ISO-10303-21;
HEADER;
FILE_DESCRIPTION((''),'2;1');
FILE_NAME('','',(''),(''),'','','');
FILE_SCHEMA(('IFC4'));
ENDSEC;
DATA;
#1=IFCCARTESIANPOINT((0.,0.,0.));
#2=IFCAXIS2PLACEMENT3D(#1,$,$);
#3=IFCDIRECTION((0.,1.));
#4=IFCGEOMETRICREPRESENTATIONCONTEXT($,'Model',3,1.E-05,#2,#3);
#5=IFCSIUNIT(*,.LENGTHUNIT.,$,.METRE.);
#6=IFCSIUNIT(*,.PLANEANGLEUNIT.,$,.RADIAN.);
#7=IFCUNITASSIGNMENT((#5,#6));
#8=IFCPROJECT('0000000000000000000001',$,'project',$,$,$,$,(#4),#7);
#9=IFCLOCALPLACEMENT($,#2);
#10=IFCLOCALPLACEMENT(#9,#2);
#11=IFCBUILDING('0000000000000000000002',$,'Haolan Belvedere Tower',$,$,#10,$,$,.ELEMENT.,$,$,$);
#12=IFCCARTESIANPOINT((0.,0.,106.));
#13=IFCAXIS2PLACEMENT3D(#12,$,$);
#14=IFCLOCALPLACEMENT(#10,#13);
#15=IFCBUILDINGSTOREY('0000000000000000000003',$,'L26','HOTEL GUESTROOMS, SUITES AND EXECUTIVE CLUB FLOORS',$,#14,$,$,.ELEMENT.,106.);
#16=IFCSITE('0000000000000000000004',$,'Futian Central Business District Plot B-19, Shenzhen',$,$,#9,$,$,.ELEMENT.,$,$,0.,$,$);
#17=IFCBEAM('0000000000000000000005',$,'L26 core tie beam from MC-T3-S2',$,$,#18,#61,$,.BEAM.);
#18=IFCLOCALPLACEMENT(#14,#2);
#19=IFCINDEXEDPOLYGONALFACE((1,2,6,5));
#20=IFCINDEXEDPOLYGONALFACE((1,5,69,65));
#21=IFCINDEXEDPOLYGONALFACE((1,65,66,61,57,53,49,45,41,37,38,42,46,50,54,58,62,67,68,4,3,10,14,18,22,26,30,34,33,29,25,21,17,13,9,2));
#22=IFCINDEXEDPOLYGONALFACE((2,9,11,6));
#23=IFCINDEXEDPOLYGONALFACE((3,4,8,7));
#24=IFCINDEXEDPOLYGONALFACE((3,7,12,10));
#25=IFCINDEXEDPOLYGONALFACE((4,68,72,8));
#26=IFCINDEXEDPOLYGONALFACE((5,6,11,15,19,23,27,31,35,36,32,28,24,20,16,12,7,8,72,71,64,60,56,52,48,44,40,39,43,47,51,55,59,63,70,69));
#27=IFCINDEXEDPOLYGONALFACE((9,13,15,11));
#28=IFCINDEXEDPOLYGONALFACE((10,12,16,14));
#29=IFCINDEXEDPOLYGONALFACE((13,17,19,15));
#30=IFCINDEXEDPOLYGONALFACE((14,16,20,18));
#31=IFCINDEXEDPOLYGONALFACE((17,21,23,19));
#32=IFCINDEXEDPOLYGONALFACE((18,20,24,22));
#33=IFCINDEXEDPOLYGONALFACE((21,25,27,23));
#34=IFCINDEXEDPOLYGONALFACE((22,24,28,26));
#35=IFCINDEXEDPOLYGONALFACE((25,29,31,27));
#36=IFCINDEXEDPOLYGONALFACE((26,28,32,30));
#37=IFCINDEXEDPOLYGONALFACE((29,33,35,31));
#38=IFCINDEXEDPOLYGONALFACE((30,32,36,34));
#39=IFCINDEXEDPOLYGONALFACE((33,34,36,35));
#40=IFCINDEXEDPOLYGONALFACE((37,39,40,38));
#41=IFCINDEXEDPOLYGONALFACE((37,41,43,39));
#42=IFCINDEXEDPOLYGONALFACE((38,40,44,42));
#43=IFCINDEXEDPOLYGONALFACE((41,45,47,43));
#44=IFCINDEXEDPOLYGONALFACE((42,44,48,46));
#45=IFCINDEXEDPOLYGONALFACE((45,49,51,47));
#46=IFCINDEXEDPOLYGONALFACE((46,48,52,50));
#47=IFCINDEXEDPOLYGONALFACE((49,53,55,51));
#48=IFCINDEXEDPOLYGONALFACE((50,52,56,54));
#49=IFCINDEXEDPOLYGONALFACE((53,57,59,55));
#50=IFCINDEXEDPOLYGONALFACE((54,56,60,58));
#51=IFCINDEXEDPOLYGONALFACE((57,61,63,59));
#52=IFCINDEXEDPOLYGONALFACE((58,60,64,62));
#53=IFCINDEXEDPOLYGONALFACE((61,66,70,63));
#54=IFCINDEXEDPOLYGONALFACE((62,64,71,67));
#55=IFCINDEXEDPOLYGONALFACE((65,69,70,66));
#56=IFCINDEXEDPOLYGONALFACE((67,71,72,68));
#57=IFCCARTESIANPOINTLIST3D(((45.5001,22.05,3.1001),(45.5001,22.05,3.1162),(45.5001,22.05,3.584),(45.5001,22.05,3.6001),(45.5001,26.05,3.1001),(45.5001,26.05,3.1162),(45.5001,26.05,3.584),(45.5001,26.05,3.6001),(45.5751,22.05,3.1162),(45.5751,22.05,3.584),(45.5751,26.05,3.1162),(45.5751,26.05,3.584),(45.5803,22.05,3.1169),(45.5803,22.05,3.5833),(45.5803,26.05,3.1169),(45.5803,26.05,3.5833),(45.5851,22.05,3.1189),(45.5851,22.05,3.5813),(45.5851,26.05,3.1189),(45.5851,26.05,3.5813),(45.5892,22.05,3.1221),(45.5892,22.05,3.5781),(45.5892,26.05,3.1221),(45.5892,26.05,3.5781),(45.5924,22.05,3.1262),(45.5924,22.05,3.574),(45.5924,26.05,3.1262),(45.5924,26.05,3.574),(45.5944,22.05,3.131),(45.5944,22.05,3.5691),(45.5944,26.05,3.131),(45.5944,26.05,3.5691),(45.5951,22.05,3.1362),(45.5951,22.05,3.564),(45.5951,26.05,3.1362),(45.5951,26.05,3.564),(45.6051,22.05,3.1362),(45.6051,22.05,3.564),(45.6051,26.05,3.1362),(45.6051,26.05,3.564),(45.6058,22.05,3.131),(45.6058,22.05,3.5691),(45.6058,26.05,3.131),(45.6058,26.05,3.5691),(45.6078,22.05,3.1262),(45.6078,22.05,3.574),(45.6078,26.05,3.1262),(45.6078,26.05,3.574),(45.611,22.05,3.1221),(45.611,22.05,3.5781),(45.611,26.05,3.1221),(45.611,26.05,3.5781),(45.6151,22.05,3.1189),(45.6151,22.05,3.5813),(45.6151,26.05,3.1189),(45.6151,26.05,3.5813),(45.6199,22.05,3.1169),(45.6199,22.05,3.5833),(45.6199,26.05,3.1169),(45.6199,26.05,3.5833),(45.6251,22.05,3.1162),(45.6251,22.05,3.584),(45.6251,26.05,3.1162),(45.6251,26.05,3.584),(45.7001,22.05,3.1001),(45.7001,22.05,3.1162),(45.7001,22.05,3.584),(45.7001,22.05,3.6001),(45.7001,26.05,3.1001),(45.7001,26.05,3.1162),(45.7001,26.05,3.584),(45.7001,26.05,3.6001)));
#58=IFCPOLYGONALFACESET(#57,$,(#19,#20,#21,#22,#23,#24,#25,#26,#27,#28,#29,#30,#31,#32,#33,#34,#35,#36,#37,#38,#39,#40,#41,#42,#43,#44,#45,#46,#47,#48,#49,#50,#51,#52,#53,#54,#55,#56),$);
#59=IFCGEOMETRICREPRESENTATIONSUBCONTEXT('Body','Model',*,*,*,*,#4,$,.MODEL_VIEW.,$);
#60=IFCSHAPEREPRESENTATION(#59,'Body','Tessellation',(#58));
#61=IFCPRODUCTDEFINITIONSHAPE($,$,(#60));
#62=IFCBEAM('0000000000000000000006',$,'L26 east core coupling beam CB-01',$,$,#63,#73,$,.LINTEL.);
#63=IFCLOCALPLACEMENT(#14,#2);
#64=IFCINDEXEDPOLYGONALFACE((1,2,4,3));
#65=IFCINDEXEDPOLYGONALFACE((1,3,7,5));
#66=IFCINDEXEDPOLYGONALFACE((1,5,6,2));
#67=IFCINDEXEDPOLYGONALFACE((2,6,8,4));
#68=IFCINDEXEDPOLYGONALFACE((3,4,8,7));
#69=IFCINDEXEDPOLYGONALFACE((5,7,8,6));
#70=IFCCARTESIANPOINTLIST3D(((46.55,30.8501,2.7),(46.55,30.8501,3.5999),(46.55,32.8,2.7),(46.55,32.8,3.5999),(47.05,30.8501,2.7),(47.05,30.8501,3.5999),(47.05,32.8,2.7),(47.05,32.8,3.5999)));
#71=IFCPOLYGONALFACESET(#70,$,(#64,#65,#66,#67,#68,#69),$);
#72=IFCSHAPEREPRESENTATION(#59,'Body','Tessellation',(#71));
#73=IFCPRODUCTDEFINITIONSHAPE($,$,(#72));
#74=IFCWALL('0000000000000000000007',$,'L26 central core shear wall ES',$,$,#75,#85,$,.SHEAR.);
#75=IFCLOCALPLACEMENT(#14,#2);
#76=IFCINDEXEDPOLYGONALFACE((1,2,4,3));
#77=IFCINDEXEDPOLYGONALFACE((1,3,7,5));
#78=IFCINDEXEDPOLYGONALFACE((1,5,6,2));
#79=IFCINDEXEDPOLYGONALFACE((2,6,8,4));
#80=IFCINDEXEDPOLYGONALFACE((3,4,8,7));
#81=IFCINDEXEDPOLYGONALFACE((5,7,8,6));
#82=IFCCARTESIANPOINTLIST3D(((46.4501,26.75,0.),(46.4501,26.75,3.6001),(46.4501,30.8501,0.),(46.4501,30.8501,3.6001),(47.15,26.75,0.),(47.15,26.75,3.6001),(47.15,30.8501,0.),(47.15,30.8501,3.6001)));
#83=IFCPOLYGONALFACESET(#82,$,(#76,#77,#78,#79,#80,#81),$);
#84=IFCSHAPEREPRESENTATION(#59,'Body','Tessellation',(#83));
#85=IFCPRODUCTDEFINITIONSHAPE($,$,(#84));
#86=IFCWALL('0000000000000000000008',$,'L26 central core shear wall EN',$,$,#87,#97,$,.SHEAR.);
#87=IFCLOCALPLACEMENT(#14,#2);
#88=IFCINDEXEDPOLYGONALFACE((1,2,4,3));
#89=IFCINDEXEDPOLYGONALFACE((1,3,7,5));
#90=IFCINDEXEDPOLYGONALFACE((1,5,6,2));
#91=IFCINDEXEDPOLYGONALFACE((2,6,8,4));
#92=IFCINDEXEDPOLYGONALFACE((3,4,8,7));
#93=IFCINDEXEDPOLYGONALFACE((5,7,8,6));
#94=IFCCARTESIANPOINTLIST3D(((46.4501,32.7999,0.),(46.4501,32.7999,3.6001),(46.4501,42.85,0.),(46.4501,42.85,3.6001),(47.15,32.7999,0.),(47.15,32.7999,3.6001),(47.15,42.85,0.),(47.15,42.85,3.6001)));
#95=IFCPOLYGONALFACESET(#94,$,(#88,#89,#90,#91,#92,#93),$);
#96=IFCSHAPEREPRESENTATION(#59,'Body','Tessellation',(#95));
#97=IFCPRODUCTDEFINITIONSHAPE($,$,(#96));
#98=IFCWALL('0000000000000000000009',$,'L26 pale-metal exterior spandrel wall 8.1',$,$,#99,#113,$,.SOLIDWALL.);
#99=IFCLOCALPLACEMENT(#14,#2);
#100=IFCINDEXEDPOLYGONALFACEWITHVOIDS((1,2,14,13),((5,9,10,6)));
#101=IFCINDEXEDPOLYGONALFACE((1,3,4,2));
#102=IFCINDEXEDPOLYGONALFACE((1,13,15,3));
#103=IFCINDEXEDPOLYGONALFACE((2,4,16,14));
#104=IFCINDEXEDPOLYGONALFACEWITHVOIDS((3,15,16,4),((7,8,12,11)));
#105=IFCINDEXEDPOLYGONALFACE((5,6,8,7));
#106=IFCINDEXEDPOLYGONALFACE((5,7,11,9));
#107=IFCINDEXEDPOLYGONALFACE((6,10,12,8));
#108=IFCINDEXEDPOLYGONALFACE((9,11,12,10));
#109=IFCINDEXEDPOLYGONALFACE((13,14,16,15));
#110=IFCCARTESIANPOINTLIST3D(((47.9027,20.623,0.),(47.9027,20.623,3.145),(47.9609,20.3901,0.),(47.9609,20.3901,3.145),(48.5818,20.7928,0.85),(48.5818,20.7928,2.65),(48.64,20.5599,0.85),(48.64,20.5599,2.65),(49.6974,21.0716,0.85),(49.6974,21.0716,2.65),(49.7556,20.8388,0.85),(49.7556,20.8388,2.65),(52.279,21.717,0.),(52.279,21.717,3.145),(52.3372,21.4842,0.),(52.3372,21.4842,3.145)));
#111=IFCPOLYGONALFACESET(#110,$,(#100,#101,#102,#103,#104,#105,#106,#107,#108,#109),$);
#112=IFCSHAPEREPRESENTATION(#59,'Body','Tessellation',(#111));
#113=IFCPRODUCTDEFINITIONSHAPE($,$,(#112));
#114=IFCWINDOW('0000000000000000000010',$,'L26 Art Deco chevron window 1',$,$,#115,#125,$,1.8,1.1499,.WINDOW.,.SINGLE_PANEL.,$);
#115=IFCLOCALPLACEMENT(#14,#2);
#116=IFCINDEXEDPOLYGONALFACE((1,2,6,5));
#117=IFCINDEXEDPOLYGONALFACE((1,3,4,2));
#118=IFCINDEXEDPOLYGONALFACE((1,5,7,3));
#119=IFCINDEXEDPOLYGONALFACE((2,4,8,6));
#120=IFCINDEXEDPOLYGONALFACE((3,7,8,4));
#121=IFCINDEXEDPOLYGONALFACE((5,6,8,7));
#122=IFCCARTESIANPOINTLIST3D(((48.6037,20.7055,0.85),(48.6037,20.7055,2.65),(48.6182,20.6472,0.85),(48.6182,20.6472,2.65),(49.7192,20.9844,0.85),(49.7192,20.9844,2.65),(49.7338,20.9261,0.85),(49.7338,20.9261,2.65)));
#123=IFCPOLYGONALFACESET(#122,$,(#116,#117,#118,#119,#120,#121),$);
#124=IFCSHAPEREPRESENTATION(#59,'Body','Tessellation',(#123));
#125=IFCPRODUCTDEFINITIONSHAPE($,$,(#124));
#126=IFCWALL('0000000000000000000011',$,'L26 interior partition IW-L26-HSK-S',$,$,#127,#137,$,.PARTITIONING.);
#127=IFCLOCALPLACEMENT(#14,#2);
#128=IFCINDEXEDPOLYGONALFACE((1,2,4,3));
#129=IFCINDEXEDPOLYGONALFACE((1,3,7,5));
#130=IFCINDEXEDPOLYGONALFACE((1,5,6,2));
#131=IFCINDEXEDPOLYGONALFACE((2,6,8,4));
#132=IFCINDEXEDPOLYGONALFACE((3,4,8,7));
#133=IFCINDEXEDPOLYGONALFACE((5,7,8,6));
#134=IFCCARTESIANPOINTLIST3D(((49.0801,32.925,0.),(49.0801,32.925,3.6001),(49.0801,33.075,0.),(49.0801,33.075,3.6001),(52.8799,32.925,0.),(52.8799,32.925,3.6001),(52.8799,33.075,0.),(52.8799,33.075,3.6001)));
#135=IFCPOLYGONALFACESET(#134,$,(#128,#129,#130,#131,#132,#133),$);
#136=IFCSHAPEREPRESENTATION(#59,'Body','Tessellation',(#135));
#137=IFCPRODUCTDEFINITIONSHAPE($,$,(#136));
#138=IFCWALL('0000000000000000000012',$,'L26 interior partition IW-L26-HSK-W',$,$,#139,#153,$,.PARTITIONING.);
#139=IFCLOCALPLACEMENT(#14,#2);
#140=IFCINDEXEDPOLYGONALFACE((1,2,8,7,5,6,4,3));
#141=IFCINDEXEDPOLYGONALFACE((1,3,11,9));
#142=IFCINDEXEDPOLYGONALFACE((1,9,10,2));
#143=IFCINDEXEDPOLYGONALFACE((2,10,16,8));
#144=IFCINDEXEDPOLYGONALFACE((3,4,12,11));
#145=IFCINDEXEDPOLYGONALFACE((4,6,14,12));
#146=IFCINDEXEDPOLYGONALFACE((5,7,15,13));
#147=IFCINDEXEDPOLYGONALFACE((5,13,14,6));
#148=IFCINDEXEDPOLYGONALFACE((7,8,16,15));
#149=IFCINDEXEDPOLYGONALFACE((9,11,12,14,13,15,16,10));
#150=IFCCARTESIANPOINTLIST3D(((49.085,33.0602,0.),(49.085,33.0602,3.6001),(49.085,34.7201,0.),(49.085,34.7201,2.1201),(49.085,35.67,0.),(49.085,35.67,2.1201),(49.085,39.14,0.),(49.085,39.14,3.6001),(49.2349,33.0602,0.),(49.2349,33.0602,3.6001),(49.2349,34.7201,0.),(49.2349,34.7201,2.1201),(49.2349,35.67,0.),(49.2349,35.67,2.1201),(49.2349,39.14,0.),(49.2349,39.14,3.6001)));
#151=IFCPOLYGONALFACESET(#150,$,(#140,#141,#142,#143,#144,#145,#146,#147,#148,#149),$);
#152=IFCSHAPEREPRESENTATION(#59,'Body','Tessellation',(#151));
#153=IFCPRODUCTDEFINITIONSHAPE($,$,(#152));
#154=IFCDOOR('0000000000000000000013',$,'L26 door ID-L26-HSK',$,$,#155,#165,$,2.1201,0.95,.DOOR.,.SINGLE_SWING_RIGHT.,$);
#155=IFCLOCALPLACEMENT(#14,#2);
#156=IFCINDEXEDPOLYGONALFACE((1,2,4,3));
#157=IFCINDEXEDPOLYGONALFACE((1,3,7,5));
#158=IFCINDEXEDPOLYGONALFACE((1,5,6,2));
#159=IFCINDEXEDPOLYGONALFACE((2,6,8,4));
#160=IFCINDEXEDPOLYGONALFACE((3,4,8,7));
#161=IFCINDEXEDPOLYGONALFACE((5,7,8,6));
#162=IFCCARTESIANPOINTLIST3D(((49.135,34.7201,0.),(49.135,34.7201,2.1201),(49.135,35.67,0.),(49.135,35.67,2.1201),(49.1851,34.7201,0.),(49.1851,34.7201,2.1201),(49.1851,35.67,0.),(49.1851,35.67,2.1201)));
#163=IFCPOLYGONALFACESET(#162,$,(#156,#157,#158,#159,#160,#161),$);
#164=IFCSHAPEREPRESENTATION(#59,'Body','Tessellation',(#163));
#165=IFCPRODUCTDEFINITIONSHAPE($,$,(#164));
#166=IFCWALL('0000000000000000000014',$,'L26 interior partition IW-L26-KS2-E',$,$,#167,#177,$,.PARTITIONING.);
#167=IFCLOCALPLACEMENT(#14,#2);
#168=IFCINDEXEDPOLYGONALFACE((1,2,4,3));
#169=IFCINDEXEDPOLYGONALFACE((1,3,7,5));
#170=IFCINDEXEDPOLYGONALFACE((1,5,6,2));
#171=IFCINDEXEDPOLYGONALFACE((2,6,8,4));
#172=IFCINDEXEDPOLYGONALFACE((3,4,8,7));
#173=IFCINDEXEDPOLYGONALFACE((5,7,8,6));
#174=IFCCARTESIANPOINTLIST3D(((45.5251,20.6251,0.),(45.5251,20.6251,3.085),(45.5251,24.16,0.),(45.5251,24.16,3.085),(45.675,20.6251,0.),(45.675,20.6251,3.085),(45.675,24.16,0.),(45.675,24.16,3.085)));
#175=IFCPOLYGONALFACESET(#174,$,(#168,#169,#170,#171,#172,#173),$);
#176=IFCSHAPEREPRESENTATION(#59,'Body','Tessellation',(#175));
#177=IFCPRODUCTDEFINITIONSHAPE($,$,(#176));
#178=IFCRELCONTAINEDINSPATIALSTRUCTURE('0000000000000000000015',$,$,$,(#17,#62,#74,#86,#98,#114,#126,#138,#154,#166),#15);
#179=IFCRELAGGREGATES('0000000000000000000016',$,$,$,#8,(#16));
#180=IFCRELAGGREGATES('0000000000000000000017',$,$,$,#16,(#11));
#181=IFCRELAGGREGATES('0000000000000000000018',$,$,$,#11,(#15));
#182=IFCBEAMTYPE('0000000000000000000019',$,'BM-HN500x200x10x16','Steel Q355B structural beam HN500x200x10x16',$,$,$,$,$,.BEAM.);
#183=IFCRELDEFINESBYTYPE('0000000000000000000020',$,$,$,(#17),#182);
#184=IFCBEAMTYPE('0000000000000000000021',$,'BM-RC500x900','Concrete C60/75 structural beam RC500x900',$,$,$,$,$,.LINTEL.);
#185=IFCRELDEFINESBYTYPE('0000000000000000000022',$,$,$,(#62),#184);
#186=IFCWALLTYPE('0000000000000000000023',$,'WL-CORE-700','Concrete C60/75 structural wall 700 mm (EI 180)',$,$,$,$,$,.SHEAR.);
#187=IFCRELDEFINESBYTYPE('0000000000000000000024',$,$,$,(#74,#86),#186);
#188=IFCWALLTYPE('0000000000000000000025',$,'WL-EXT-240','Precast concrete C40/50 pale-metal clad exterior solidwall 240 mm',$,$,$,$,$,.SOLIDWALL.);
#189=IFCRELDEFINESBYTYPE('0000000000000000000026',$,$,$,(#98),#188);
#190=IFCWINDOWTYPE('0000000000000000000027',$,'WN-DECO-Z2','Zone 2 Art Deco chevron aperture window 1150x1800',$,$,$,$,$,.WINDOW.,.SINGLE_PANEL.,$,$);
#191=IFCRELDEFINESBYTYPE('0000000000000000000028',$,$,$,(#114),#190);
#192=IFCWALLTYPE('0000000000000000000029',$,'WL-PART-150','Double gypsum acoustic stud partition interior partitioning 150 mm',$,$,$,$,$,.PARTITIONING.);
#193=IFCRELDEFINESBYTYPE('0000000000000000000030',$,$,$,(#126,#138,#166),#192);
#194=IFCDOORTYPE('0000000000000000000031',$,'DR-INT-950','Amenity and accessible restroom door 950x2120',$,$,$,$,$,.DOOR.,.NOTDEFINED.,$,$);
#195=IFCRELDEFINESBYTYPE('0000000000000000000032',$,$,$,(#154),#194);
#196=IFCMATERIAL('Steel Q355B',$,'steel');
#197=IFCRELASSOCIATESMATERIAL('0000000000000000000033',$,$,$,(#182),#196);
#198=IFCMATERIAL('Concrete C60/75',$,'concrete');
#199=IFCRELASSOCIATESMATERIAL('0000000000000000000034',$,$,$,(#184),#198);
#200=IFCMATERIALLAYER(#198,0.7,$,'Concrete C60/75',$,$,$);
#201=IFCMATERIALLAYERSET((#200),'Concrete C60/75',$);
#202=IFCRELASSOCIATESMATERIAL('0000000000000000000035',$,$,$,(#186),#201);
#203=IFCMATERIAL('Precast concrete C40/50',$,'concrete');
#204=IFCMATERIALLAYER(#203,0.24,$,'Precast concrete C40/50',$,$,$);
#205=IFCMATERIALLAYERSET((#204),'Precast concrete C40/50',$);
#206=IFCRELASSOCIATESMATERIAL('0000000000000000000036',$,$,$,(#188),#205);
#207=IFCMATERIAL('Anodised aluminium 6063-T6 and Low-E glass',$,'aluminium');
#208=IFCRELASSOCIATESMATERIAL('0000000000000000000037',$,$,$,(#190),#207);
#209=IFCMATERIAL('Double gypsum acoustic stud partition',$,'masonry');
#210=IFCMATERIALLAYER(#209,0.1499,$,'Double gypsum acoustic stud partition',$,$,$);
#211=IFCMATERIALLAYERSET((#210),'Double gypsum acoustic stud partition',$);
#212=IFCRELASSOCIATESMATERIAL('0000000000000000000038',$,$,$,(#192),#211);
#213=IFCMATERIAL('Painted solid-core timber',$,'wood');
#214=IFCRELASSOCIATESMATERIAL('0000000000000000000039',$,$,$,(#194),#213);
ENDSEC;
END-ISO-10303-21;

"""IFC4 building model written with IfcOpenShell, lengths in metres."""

from ifc_helpers import new_model, si_unit, direction, frame, frame_2d, origin, origin_2d, place, context, subcontext, project, spatial, rectangle, i_section, extrude, material, layer, layer_set, material_profile, profile_set, type_object, element, fill, save


model = new_model("IFC4")

# Units and contexts
model_context = context("Model", 3, precision=1e-05, world=origin(), true_north=direction((0.0, 1.0)))
body_context = subcontext(model_context, "Body", "Model", "MODEL_VIEW")
ifc_project = project(units=[si_unit("LENGTHUNIT", "METRE"), si_unit("PLANEANGLEUNIT", "RADIAN")], contexts=[model_context])

# Site, building, storey
site_placement = place(None, origin())
site = spatial("IfcSite", under=ifc_project, at=site_placement, Name="Futian Central Business District Plot B-19, Shenzhen", CompositionType="ELEMENT", RefElevation=0.0)
building_placement = place(site_placement, origin())
building = spatial("IfcBuilding", under=site, at=building_placement, Name="Haolan Belvedere Tower", CompositionType="ELEMENT")
storey_placement = place(building_placement, frame((0.0, 0.0, 106.0)))
storey = spatial("IfcBuildingStorey", under=building, at=storey_placement, Name="L26", Description="HOTEL GUESTROOMS, SUITES AND EXECUTIVE CLUB FLOORS", CompositionType="ELEMENT", Elevation=106.0)

# Beams
ifc_material_1 = material(Name="Steel Q355B", Category="steel")
ifc_material_profile_1 = material_profile(ifc_material_1, i_section(OverallWidth=0.2, OverallDepth=0.5, WebThickness=0.01, FlangeThickness=0.0161, FilletRadius=0.02, at=origin_2d()), Name="Steel Q355B")
ifc_profile_set_1 = profile_set([ifc_material_profile_1], Name="Steel Q355B")
beam_type_1 = type_object("IfcBeamType", Name="BM-HN500x200x10x16", Description="Steel Q355B structural beam HN500x200x10x16", PredefinedType="BEAM", material=ifc_profile_set_1)
beam_1_placement = place(storey_placement, frame((45.6001, 22.05, 3.3501), z_axis=(0.0, 1.0, 0.0), x_axis=(-1.0, 0.0, 0.0)))
element("IfcBeam", 1, at=beam_1_placement, inside=storey, type_object=beam_type_1, Name="L26 core tie beam from MC-T3-S2", PredefinedType="BEAM", context=body_context, shape_type="SweptSolid", body=[
    extrude(i_section(OverallWidth=0.2, OverallDepth=0.5, WebThickness=0.01, FlangeThickness=0.0161, FilletRadius=0.02, at=origin_2d()), origin(), (0.0, 0.0, 1.0), 4.0),
])
ifc_material_2 = material(Name="Concrete C60/75", Category="concrete")
ifc_material_profile_2 = material_profile(ifc_material_2, rectangle(XDim=0.5, YDim=0.8999, at=origin_2d()), Name="Concrete C60/75")
ifc_profile_set_2 = profile_set([ifc_material_profile_2], Name="Concrete C60/75")
beam_type_2 = type_object("IfcBeamType", Name="BM-RC500x900", Description="Concrete C60/75 structural beam RC500x900", PredefinedType="LINTEL", material=ifc_profile_set_2)
beam_2_placement = place(storey_placement, frame((46.8, 30.8501, 3.1499), z_axis=(0.0, 1.0, 0.0), x_axis=(-1.0, 0.0, 0.0)))
element("IfcBeam", 2, at=beam_2_placement, inside=storey, type_object=beam_type_2, Name="L26 east core coupling beam CB-01", PredefinedType="LINTEL", context=body_context, shape_type="SweptSolid", body=[
    extrude(rectangle(XDim=0.5, YDim=0.8999, at=origin_2d()), origin(), (0.0, 0.0, 1.0), 1.95),
])

# Walls
ifc_layer_1 = layer(ifc_material_2, 0.7, Name="Concrete C60/75")
ifc_layer_set_1 = layer_set([ifc_layer_1], Name="Concrete C60/75")
wall_type_1 = type_object("IfcWallType", Name="WL-CORE-700", Description="Concrete C60/75 structural wall 700 mm (EI 180)", PredefinedType="SHEAR", material=ifc_layer_set_1)
wall_1_placement = place(storey_placement, frame((46.8, 26.75, 0.0), z_axis=(0.0, 0.0, 1.0), x_axis=(0.0, 1.0, 0.0)))
element("IfcWall", 3, at=wall_1_placement, inside=storey, type_object=wall_type_1, Name="L26 central core shear wall ES", PredefinedType="SHEAR", context=body_context, shape_type="SweptSolid", body=[
    extrude(rectangle(XDim=4.1001, YDim=0.7, at=frame_2d((2.05, 0.0))), origin(), (0.0, 0.0, 1.0), 3.6001),
])
wall_2_placement = place(storey_placement, frame((46.8, 32.8, 0.0), z_axis=(0.0, 0.0, 1.0), x_axis=(0.0, 1.0, 0.0)))
element("IfcWall", 4, at=wall_2_placement, inside=storey, type_object=wall_type_1, Name="L26 central core shear wall EN", PredefinedType="SHEAR", context=body_context, shape_type="SweptSolid", body=[
    extrude(rectangle(XDim=10.05, YDim=0.7, at=frame_2d((5.0249, 0.0))), origin(), (0.0, 0.0, 1.0), 3.6001),
])

# Wall, opening, window
ifc_material_3 = material(Name="Precast concrete C40/50", Category="concrete")
ifc_layer_2 = layer(ifc_material_3, 0.24, Name="Precast concrete C40/50")
ifc_layer_set_2 = layer_set([ifc_layer_2], Name="Precast concrete C40/50")
wall_type_2 = type_object("IfcWallType", Name="WL-EXT-240", Description="Precast concrete C40/50 pale-metal clad exterior solidwall 240 mm", PredefinedType="SOLIDWALL", material=ifc_layer_set_2)
wall_3_placement = place(storey_placement, frame((47.9319, 20.5066, 0.0), z_axis=(0.0, 0.0, 1.0), x_axis=(0.970146, 0.242523, 0.0)))
wall_3 = element("IfcWall", 5, at=wall_3_placement, inside=storey, type_object=wall_type_2, Name="L26 pale-metal exterior spandrel wall 8.1", PredefinedType="SOLIDWALL", context=body_context, shape_type="SweptSolid", body=[
    extrude(rectangle(XDim=4.511, YDim=0.24, at=frame_2d((2.2554, 0.0))), origin(), (0.0, 0.0, 1.0), 3.145),
])
opening_1_placement = place(wall_3_placement, frame((0.7, 0.0, 0.8501)))
opening_1 = element("IfcOpeningElement", 6, at=opening_1_placement, cuts=wall_3, PredefinedType="OPENING", context=body_context, shape_type="SweptSolid", body=[
    extrude(rectangle(XDim=1.1499, YDim=1.8, at=frame_2d((0.575, 0.8999))), frame((0.0, 0.1299, 0.0), z_axis=(0.0, -1.0, 0.0), x_axis=(1.0, 0.0, 0.0)), (0.0, 0.0, 1.0), 0.26),
])
ifc_material_4 = material(Name="Anodised aluminium 6063-T6 and Low-E glass", Category="aluminium")
window_type = type_object("IfcWindowType", Name="WN-DECO-Z2", Description="Zone 2 Art Deco chevron aperture window 1150x1800", PartitioningType="SINGLE_PANEL", PredefinedType="WINDOW", material=ifc_material_4)
window_placement = place(opening_1_placement, origin())
window = element("IfcWindow", 7, at=window_placement, inside=storey, type_object=window_type, Name="L26 Art Deco chevron window 1", OverallHeight=1.8, OverallWidth=1.1499, PartitioningType="SINGLE_PANEL", PredefinedType="WINDOW", context=body_context, shape_type="SweptSolid", body=[
    extrude(rectangle(XDim=1.1499, YDim=1.8, at=frame_2d((0.575, 0.8999))), frame((0.0, 0.03, 0.0), z_axis=(0.0, -1.0, 0.0), x_axis=(1.0, 0.0, 0.0)), (0.0, 0.0, 1.0), 0.0601),
])
fill(opening_1, window)

# Wall
ifc_material_5 = material(Name="Double gypsum acoustic stud partition", Category="masonry")
ifc_layer_3 = layer(ifc_material_5, 0.1499, Name="Double gypsum acoustic stud partition")
ifc_layer_set_3 = layer_set([ifc_layer_3], Name="Double gypsum acoustic stud partition")
wall_type_3 = type_object("IfcWallType", Name="WL-PART-150", Description="Double gypsum acoustic stud partition interior partitioning 150 mm", PredefinedType="PARTITIONING", material=ifc_layer_set_3)
wall_4_placement = place(storey_placement, frame((49.0801, 33.0, 0.0), z_axis=(0.0, 0.0, 1.0), x_axis=(1.0, 0.0, 0.0)))
element("IfcWall", 8, at=wall_4_placement, inside=storey, type_object=wall_type_3, Name="L26 interior partition IW-L26-HSK-S", PredefinedType="PARTITIONING", context=body_context, shape_type="SweptSolid", body=[
    extrude(rectangle(XDim=3.7998, YDim=0.1499, at=frame_2d((1.8999, 0.0))), origin(), (0.0, 0.0, 1.0), 3.6001),
])

# Wall, opening, door
wall_5_placement = place(storey_placement, frame((49.1599, 33.0601, 0.0), z_axis=(0.0, 0.0, 1.0), x_axis=(0.0, 1.0, 0.0)))
wall_5 = element("IfcWall", 9, at=wall_5_placement, inside=storey, type_object=wall_type_3, Name="L26 interior partition IW-L26-HSK-W", PredefinedType="PARTITIONING", context=body_context, shape_type="SweptSolid", body=[
    extrude(rectangle(XDim=6.0798, YDim=0.1499, at=frame_2d((3.04, 0.0))), origin(), (0.0, 0.0, 1.0), 3.6001),
])
opening_2_placement = place(wall_5_placement, frame((1.6599, 0.0, 0.0)))
opening_2 = element("IfcOpeningElement", 10, at=opening_2_placement, cuts=wall_5, PredefinedType="OPENING", context=body_context, shape_type="SweptSolid", body=[
    extrude(rectangle(XDim=0.95, YDim=2.1201, at=frame_2d((0.4751, 1.0601))), frame((0.0, 0.085, 0.0), z_axis=(0.0, -1.0, 0.0), x_axis=(1.0, 0.0, 0.0)), (0.0, 0.0, 1.0), 0.1699),
])
ifc_material_6 = material(Name="Painted solid-core timber", Category="wood")
door_type_1 = type_object("IfcDoorType", Name="DR-INT-950", Description="Amenity and accessible restroom door 950x2120", OperationType="NOTDEFINED", PredefinedType="DOOR", material=ifc_material_6)
door_1_placement = place(opening_2_placement, origin())
door_1 = element("IfcDoor", 11, at=door_1_placement, inside=storey, type_object=door_type_1, Name="L26 door ID-L26-HSK", OperationType="SINGLE_SWING_RIGHT", OverallHeight=2.1201, OverallWidth=0.95, PredefinedType="DOOR", context=body_context, shape_type="SweptSolid", body=[
    extrude(rectangle(XDim=0.95, YDim=2.1201, at=frame_2d((0.4751, 1.0601))), frame((0.0, 0.0249, 0.0), z_axis=(0.0, -1.0, 0.0), x_axis=(1.0, 0.0, 0.0)), (0.0, 0.0, 1.0), 0.05),
])
fill(opening_2, door_1)

# Wall
wall_6_placement = place(storey_placement, frame((45.6001, 20.625, 0.0), z_axis=(0.0, 0.0, 1.0), x_axis=(0.0, 1.0, 0.0)))
element("IfcWall", 12, at=wall_6_placement, inside=storey, type_object=wall_type_3, Name="L26 interior partition IW-L26-KS2-E", PredefinedType="PARTITIONING", context=body_context, shape_type="SweptSolid", body=[
    extrude(rectangle(XDim=3.5349, YDim=0.1499, at=frame_2d((1.7676, 0.0))), origin(), (0.0, 0.0, 1.0), 3.085),
])

save(model, "model.ifc")
